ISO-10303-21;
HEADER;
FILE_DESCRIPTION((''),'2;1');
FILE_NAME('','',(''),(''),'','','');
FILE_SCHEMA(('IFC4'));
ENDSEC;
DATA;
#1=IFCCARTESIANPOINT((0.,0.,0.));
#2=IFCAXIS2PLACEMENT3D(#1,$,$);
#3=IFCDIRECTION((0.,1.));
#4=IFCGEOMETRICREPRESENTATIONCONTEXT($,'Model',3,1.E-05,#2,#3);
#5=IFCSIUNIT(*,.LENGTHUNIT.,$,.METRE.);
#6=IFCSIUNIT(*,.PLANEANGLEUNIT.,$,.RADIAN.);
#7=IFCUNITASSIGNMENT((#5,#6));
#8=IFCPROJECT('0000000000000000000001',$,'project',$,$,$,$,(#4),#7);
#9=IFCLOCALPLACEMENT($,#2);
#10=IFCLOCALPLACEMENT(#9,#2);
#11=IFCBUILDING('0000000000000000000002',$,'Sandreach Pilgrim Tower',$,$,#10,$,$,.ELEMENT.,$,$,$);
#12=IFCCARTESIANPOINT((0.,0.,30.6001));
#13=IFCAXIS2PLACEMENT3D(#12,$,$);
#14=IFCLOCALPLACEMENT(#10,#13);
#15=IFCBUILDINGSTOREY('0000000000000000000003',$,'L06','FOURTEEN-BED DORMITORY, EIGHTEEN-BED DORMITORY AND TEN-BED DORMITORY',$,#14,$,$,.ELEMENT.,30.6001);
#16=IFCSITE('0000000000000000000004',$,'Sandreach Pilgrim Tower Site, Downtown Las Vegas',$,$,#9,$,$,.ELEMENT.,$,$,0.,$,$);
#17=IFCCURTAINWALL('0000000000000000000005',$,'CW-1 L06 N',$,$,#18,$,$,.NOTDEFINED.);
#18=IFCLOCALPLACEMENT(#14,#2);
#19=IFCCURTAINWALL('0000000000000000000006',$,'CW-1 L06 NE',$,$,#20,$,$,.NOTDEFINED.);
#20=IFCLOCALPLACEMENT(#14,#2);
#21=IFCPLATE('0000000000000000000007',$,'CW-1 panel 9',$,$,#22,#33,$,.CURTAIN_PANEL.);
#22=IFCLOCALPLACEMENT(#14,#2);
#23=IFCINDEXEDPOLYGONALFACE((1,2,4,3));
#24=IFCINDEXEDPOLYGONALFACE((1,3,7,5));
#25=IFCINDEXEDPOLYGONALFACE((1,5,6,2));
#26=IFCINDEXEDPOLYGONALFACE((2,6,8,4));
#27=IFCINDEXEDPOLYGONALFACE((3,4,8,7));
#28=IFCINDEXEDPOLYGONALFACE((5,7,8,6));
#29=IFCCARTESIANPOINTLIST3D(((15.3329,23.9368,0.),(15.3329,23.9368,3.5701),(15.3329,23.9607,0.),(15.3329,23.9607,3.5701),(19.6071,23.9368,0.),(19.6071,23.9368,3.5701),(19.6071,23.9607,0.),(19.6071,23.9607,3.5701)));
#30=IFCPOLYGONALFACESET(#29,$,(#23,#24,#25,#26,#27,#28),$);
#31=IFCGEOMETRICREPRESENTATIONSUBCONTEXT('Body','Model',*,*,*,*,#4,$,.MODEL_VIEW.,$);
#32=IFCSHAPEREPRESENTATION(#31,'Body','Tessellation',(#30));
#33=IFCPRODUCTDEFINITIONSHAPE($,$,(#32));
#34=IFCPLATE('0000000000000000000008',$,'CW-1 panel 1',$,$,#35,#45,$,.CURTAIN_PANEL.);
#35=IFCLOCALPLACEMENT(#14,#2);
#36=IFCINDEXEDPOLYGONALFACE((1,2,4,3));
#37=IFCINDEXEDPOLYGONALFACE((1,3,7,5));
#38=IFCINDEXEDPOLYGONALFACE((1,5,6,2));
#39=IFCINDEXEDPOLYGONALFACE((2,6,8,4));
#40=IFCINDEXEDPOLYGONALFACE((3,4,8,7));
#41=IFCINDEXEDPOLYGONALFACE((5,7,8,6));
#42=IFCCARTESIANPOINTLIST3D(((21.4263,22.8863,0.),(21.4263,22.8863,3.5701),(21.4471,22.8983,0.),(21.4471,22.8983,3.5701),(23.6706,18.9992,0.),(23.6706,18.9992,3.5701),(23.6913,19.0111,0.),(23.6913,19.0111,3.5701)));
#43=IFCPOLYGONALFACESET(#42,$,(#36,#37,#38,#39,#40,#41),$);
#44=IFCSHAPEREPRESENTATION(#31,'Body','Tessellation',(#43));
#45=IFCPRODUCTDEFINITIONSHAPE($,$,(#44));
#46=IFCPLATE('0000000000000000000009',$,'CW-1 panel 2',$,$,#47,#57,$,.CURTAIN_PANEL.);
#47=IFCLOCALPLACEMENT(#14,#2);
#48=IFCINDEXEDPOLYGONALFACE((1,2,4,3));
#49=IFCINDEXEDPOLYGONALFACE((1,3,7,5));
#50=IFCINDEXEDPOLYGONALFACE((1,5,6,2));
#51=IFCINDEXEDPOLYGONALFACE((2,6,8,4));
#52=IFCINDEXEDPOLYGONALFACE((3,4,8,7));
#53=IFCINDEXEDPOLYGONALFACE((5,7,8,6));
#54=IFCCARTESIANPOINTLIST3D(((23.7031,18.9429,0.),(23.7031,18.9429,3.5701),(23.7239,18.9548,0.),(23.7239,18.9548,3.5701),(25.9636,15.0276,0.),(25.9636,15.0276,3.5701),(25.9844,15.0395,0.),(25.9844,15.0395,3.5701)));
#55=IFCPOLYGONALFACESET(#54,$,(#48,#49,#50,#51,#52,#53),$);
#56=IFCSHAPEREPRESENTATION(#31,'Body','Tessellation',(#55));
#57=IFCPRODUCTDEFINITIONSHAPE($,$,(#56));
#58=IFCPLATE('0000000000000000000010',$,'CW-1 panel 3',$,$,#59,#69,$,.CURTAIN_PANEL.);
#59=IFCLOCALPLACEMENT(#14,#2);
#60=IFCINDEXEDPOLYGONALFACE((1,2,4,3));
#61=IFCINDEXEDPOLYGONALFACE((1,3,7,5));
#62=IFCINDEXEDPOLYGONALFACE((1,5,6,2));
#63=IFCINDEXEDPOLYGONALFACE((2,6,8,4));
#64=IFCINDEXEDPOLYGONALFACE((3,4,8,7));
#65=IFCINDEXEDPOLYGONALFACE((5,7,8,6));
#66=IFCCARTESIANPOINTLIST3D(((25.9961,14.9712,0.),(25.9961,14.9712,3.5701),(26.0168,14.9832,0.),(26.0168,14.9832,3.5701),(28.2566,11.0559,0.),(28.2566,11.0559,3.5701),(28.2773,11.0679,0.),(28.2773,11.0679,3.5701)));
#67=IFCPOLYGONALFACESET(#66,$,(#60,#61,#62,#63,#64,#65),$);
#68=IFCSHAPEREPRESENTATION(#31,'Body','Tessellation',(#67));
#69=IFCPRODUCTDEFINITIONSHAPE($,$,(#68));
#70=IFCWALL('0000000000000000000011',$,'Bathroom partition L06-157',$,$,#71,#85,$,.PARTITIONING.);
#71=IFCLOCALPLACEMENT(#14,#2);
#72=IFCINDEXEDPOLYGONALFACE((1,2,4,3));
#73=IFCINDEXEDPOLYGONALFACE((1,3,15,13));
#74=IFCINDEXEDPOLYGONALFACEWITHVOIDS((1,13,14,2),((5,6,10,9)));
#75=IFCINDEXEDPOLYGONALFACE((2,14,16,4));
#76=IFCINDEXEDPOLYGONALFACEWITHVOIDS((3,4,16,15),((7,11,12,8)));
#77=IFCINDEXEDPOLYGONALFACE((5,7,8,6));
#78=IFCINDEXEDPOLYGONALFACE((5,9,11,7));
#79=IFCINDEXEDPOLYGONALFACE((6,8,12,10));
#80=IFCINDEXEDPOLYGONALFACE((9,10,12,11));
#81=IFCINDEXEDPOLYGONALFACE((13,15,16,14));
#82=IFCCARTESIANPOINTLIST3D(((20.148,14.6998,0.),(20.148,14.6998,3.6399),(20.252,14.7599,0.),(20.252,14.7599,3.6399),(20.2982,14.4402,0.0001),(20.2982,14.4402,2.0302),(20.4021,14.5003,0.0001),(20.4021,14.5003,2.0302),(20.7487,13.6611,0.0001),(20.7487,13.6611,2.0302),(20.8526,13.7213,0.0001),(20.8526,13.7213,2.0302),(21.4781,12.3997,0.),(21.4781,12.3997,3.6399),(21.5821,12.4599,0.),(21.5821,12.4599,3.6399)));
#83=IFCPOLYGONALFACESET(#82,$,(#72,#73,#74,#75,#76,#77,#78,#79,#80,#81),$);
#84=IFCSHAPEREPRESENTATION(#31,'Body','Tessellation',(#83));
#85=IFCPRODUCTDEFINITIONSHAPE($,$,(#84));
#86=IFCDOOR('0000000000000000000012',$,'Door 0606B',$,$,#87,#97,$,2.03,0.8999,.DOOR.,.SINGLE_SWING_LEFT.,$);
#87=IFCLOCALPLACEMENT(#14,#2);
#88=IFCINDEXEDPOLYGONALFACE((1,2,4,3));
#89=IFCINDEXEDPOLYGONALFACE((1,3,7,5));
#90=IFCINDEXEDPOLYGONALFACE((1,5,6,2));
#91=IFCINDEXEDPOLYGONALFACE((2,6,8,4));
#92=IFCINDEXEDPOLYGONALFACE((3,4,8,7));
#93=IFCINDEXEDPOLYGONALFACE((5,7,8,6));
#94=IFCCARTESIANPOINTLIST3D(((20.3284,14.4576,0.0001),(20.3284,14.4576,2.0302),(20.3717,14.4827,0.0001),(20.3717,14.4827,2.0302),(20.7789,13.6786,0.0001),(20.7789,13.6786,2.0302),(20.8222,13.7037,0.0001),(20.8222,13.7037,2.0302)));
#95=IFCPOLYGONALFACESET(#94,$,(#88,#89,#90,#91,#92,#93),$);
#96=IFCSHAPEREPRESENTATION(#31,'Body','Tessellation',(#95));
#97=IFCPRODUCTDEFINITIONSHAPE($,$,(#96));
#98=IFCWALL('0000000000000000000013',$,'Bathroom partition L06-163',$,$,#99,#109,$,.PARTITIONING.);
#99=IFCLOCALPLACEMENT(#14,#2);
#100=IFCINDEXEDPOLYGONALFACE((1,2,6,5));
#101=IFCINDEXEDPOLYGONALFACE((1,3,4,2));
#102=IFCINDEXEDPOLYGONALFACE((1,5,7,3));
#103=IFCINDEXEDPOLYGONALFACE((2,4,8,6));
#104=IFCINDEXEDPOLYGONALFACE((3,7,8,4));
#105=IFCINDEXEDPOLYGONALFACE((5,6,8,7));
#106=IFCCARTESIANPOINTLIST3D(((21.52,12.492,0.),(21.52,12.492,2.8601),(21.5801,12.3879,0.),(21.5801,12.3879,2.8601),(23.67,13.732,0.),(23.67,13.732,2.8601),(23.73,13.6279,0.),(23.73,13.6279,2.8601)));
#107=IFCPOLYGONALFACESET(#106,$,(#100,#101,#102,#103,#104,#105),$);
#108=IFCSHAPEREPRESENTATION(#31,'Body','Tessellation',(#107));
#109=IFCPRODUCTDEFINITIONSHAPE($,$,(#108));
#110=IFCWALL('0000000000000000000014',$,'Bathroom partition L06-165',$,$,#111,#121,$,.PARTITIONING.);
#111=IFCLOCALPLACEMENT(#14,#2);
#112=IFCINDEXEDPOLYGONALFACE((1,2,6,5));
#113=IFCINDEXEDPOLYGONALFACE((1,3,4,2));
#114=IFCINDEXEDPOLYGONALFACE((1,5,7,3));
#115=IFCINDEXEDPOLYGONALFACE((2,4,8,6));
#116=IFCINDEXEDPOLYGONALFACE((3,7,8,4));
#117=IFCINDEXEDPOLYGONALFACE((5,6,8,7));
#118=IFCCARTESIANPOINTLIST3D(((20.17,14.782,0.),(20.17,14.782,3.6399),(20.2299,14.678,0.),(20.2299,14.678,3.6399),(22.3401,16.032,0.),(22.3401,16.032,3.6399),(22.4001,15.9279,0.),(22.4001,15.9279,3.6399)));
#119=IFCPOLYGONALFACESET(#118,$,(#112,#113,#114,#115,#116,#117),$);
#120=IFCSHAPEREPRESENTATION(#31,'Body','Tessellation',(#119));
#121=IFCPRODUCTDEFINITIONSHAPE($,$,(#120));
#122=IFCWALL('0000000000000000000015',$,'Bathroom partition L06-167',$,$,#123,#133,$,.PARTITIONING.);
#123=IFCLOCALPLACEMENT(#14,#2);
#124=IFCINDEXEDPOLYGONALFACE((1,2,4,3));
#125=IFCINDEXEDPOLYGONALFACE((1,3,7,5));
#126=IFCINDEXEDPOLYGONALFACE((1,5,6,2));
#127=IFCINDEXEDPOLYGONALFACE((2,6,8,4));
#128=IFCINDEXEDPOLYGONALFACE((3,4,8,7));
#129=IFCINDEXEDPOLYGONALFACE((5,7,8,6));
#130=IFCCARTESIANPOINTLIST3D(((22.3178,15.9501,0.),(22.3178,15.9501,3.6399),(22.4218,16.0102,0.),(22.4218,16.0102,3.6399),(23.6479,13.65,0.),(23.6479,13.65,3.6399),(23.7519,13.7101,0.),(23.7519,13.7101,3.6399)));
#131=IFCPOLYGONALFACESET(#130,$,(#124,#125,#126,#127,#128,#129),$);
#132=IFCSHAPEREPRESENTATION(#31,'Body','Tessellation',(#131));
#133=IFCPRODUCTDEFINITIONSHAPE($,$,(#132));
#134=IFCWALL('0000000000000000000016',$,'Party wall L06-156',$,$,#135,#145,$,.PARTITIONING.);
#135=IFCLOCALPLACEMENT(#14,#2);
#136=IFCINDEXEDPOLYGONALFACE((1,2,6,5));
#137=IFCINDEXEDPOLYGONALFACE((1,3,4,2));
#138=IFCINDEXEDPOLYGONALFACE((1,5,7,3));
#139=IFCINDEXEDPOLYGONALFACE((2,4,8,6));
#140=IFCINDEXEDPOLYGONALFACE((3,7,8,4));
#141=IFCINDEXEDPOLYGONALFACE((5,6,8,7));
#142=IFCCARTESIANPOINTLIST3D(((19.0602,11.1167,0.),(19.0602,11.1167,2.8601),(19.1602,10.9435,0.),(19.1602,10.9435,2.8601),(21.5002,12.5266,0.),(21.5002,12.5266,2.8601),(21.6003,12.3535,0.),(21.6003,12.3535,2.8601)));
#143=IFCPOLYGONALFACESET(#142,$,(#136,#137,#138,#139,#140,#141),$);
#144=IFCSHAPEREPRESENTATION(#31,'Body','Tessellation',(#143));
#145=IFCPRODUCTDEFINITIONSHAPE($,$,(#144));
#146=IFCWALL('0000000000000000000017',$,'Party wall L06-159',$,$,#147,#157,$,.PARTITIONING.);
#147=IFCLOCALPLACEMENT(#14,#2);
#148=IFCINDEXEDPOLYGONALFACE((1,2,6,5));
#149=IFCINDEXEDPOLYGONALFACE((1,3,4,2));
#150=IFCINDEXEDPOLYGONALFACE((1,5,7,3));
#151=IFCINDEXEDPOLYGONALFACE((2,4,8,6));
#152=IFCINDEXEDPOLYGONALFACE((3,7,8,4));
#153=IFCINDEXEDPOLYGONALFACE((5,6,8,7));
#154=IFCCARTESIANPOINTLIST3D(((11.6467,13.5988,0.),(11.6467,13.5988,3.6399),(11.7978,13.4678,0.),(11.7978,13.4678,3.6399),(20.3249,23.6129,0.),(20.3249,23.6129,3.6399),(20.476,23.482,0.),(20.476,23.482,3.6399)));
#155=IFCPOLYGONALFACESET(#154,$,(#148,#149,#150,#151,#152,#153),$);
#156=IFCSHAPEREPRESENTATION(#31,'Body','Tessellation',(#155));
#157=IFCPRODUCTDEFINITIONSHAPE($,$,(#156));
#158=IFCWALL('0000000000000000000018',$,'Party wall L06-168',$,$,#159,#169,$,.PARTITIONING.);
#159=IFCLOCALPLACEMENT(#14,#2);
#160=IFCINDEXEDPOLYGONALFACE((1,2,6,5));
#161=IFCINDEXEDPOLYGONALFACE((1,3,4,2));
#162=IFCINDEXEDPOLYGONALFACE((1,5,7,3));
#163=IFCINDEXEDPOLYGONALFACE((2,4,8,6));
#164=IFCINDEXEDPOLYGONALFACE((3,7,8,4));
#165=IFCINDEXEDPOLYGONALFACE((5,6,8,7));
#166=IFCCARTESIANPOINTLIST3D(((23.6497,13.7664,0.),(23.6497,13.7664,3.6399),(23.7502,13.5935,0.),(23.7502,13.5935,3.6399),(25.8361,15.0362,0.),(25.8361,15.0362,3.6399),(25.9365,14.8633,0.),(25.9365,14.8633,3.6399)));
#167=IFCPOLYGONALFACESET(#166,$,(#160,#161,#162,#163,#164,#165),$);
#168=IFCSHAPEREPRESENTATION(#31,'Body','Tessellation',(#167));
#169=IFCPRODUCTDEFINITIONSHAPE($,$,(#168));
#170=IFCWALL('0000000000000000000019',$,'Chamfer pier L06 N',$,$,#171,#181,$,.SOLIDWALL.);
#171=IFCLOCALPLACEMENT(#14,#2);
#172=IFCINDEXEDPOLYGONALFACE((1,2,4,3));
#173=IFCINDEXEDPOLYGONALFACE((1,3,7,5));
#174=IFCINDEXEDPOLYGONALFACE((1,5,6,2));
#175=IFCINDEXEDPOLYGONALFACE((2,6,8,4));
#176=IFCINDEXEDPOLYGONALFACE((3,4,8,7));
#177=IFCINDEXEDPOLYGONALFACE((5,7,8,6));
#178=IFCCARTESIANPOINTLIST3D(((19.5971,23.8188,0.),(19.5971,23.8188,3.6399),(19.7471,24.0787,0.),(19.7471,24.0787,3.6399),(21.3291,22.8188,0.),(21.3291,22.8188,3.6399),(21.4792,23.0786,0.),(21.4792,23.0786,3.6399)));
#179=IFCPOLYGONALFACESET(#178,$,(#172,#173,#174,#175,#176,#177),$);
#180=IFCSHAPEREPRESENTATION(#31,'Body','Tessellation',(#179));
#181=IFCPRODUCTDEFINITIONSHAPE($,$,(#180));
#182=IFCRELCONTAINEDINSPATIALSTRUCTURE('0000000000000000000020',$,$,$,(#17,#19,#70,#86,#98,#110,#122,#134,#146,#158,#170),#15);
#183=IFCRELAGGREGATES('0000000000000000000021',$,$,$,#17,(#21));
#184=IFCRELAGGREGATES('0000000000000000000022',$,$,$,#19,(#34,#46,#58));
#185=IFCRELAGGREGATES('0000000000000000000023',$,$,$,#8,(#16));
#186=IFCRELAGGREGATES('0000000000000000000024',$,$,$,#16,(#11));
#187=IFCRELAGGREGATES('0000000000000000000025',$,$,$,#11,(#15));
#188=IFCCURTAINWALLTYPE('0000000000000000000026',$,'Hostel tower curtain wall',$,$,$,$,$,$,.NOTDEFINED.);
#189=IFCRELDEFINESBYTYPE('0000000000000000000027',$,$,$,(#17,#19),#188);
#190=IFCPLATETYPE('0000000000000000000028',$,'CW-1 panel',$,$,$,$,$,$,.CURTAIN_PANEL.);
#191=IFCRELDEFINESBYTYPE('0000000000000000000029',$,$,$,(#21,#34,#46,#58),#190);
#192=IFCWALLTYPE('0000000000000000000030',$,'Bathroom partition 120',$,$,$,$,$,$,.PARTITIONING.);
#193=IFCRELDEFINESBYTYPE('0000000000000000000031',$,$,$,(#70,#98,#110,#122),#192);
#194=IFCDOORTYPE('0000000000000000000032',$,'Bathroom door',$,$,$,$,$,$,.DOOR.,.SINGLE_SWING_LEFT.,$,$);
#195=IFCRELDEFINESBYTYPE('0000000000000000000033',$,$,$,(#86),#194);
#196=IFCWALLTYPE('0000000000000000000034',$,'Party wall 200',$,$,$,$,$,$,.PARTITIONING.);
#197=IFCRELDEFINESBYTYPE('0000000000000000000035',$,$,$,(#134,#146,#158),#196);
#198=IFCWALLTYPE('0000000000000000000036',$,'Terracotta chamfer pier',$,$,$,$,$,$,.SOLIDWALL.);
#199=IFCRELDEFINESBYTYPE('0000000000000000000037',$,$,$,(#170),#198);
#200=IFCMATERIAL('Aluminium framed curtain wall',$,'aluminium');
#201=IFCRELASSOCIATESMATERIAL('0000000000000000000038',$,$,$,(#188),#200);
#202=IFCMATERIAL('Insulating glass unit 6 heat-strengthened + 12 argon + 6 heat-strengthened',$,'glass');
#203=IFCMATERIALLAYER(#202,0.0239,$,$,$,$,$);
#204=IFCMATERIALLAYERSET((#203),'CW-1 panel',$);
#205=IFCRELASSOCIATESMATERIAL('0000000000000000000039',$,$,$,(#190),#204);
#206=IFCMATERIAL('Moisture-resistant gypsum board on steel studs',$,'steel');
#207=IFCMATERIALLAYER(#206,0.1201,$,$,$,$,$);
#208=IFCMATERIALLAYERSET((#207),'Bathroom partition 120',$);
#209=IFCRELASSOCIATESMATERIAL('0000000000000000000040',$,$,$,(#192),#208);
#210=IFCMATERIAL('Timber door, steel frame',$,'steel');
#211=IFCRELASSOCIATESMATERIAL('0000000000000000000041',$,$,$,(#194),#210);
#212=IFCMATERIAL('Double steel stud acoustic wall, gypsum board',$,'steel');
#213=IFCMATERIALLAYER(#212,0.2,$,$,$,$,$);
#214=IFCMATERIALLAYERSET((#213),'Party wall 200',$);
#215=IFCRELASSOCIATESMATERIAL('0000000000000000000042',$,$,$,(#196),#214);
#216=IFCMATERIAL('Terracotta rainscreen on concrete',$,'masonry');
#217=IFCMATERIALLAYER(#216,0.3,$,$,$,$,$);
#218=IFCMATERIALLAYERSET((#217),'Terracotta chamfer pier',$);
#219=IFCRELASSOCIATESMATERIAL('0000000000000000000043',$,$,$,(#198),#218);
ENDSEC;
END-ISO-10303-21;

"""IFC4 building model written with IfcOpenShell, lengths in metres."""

from ifc_helpers import new_model, si_unit, direction, frame, frame_2d, origin, origin_2d, place, context, subcontext, project, spatial, rectangle, extrude, material, layer, layer_set, type_object, element, fill, aggregate, save


model = new_model("IFC4")

# Units and contexts
model_context = context("Model", 3, precision=1e-05, world=origin(), true_north=direction((0.0, 1.0)))
body_context = subcontext(model_context, "Body", "Model", "MODEL_VIEW")
ifc_project = project(units=[si_unit("LENGTHUNIT", "METRE"), si_unit("PLANEANGLEUNIT", "RADIAN")], contexts=[model_context])

# Site, building, storey
site_placement = place(None, origin())
site = spatial("IfcSite", under=ifc_project, at=site_placement, Name="Sandreach Pilgrim Tower Site, Downtown Las Vegas", CompositionType="ELEMENT", RefElevation=0.0)
building_placement = place(site_placement, origin())
building = spatial("IfcBuilding", under=site, at=building_placement, Name="Sandreach Pilgrim Tower", CompositionType="ELEMENT")
storey_placement = place(building_placement, frame((0.0, 0.0, 30.6001)))
storey = spatial("IfcBuildingStorey", under=building, at=storey_placement, Name="L06", Description="FOURTEEN-BED DORMITORY, EIGHTEEN-BED DORMITORY AND TEN-BED DORMITORY", CompositionType="ELEMENT", Elevation=30.6001)

# Curtain wall
ifc_material_1 = material(Name="Aluminium framed curtain wall", Category="aluminium")
curtain_wall_type = type_object("IfcCurtainWallType", Name="Hostel tower curtain wall", PredefinedType="NOTDEFINED", material=ifc_material_1)
curtain_wall_1_placement = place(storey_placement, origin())
curtain_wall_1 = element("IfcCurtainWall", 1, at=curtain_wall_1_placement, inside=storey, type_object=curtain_wall_type, Name="CW-1 L06 N", PredefinedType="NOTDEFINED")

# Curtain wall
curtain_wall_2_placement = place(storey_placement, origin())
curtain_wall_2 = element("IfcCurtainWall", 2, at=curtain_wall_2_placement, inside=storey, type_object=curtain_wall_type, Name="CW-1 L06 NE", PredefinedType="NOTDEFINED")

# Plates
ifc_material_2 = material(Name="Insulating glass unit 6 heat-strengthened + 12 argon + 6 heat-strengthened", Category="glass")
ifc_layer_1 = layer(ifc_material_2, 0.0239)
ifc_layer_set_1 = layer_set([ifc_layer_1], Name="CW-1 panel")
plate_type = type_object("IfcPlateType", Name="CW-1 panel", PredefinedType="CURTAIN_PANEL", material=ifc_layer_set_1)
plate_1_placement = place(storey_placement, frame((17.47, 23.9487, 0.0), z_axis=(0.0, 0.0, 1.0), x_axis=(1.0, 0.0, 0.0)))
plate_1 = element("IfcPlate", 3, at=plate_1_placement, type_object=plate_type, Name="CW-1 panel 9", PredefinedType="CURTAIN_PANEL", context=body_context, shape_type="SweptSolid", body=[
    extrude(rectangle(XDim=4.2742, YDim=0.0239, at=origin_2d()), origin(), (0.0, 0.0, 1.0), 3.5701),
])
aggregate(curtain_wall_1, [plate_1])
plate_2_placement = place(storey_placement, frame((22.5588, 20.9487, 0.0), z_axis=(0.0, 0.0, 1.0), x_axis=(0.5, -0.866025, 0.0)))
plate_2 = element("IfcPlate", 4, at=plate_2_placement, type_object=plate_type, Name="CW-1 panel 1", PredefinedType="CURTAIN_PANEL", context=body_context, shape_type="SweptSolid", body=[
    extrude(rectangle(XDim=4.4885, YDim=0.0239, at=origin_2d()), origin(), (0.0, 0.0, 1.0), 3.5701),
])
plate_3_placement = place(storey_placement, frame((24.8438, 16.9912, 0.0), z_axis=(0.0, 0.0, 1.0), x_axis=(0.5, -0.866025, 0.0)))
plate_3 = element("IfcPlate", 5, at=plate_3_placement, type_object=plate_type, Name="CW-1 panel 2", PredefinedType="CURTAIN_PANEL", context=body_context, shape_type="SweptSolid", body=[
    extrude(rectangle(XDim=4.521, YDim=0.0239, at=origin_2d()), origin(), (0.0, 0.0, 1.0), 3.5701),
])
plate_4_placement = place(storey_placement, frame((27.1367, 13.0195, 0.0), z_axis=(0.0, 0.0, 1.0), x_axis=(0.5, -0.866025, 0.0)))
plate_4 = element("IfcPlate", 6, at=plate_4_placement, type_object=plate_type, Name="CW-1 panel 3", PredefinedType="CURTAIN_PANEL", context=body_context, shape_type="SweptSolid", body=[
    extrude(rectangle(XDim=4.521, YDim=0.0239, at=origin_2d()), origin(), (0.0, 0.0, 1.0), 3.5701),
])
aggregate(curtain_wall_2, [plate_2, plate_3, plate_4])

# Wall, opening, door
ifc_material_3 = material(Name="Moisture-resistant gypsum board on steel studs", Category="steel")
ifc_layer_2 = layer(ifc_material_3, 0.1201)
ifc_layer_set_2 = layer_set([ifc_layer_2], Name="Bathroom partition 120")
wall_type_1 = type_object("IfcWallType", Name="Bathroom partition 120", PredefinedType="PARTITIONING", material=ifc_layer_set_2)
wall_1_placement = place(storey_placement, frame((20.2, 14.73, 0.0), z_axis=(0.0, 0.0, 1.0), x_axis=(0.500605, -0.865676, 0.0)))
wall_1 = element("IfcWall", 7, at=wall_1_placement, inside=storey, type_object=wall_type_1, Name="Bathroom partition L06-157", PredefinedType="PARTITIONING", context=body_context, shape_type="SweptSolid", body=[
    extrude(rectangle(XDim=2.657, YDim=0.1201, at=frame_2d((1.3286, 0.0))), origin(), (0.0, 0.0, 1.0), 3.6399),
])
opening_placement = place(wall_1_placement, frame((0.3, 0.0, 0.0)))
opening = element("IfcOpeningElement", 8, at=opening_placement, cuts=wall_1, PredefinedType="OPENING", context=body_context, shape_type="SweptSolid", body=[
    extrude(rectangle(XDim=0.8999, YDim=2.03, at=frame_2d((0.45, 1.0151))), frame((0.0, 0.0601, 0.0), z_axis=(0.0, -1.0, 0.0), x_axis=(1.0, 0.0, 0.0)), (0.0, 0.0, 1.0), 0.1201),
])
ifc_material_4 = material(Name="Timber door, steel frame", Category="steel")
door_type = type_object("IfcDoorType", Name="Bathroom door", OperationType="SINGLE_SWING_LEFT", PredefinedType="DOOR", material=ifc_material_4)
door_placement = place(opening_placement, origin())
door = element("IfcDoor", 9, at=door_placement, inside=storey, type_object=door_type, Name="Door 0606B", OperationType="SINGLE_SWING_LEFT", OverallHeight=2.03, OverallWidth=0.8999, PredefinedType="DOOR", context=body_context, shape_type="SweptSolid", body=[
    extrude(rectangle(XDim=0.8999, YDim=2.03, at=frame_2d((0.45, 1.0151))), frame((0.0, 0.0249, 0.0), z_axis=(0.0, -1.0, 0.0), x_axis=(1.0, 0.0, 0.0)), (0.0, 0.0, 1.0), 0.05),
])
fill(opening, door)

# Walls
wall_2_placement = place(storey_placement, frame((21.55, 12.4399, 0.0), z_axis=(0.0, 0.0, 1.0), x_axis=(0.866245, 0.49962, 0.0)))
element("IfcWall", 10, at=wall_2_placement, inside=storey, type_object=wall_type_1, Name="Bathroom partition L06-163", PredefinedType="PARTITIONING", context=body_context, shape_type="SweptSolid", body=[
    extrude(rectangle(XDim=2.4819, YDim=0.1201, at=frame_2d((1.241, 0.0))), origin(), (0.0, 0.0, 1.0), 2.8601),
])
wall_3_placement = place(storey_placement, frame((22.3701, 15.98, 0.0), z_axis=(0.0, 0.0, 1.0), x_axis=(-0.866534, -0.499118, 0.0)))
element("IfcWall", 11, at=wall_3_placement, inside=storey, type_object=wall_type_1, Name="Bathroom partition L06-165", PredefinedType="PARTITIONING", context=body_context, shape_type="SweptSolid", body=[
    extrude(rectangle(XDim=2.5044, YDim=0.1201, at=frame_2d((1.2522, 0.0))), origin(), (0.0, 0.0, 1.0), 3.6399),
])
wall_4_placement = place(storey_placement, frame((23.7, 13.6799, 0.0), z_axis=(0.0, 0.0, 1.0), x_axis=(-0.500605, 0.865676, 0.0)))
element("IfcWall", 12, at=wall_4_placement, inside=storey, type_object=wall_type_1, Name="Bathroom partition L06-167", PredefinedType="PARTITIONING", context=body_context, shape_type="SweptSolid", body=[
    extrude(rectangle(XDim=2.657, YDim=0.1201, at=frame_2d((1.3286, 0.0))), origin(), (0.0, 0.0, 1.0), 3.6399),
])
ifc_material_5 = material(Name="Double steel stud acoustic wall, gypsum board", Category="steel")
ifc_layer_3 = layer(ifc_material_5, 0.2)
ifc_layer_set_3 = layer_set([ifc_layer_3], Name="Party wall 200")
wall_type_2 = type_object("IfcWallType", Name="Party wall 200", PredefinedType="PARTITIONING", material=ifc_layer_set_3)
wall_5_placement = place(storey_placement, frame((19.1101, 11.03, 0.0), z_axis=(0.0, 0.0, 1.0), x_axis=(0.865839, 0.500322, 0.0)))
element("IfcWall", 13, at=wall_5_placement, inside=storey, type_object=wall_type_2, Name="Party wall L06-156", PredefinedType="PARTITIONING", context=body_context, shape_type="SweptSolid", body=[
    extrude(rectangle(XDim=2.8181, YDim=0.2, at=frame_2d((1.4092, 0.0))), origin(), (0.0, 0.0, 1.0), 2.8601),
])
wall_6_placement = place(storey_placement, frame((20.4004, 23.5474, 0.0), z_axis=(0.0, 0.0, 1.0), x_axis=(-0.6549, -0.755716, 0.0)))
element("IfcWall", 14, at=wall_6_placement, inside=storey, type_object=wall_type_2, Name="Party wall L06-159", PredefinedType="PARTITIONING", context=body_context, shape_type="SweptSolid", body=[
    extrude(rectangle(XDim=13.2512, YDim=0.2, at=frame_2d((6.6255, 0.0))), origin(), (0.0, 0.0, 1.0), 3.6399),
])
wall_7_placement = place(storey_placement, frame((23.7, 13.6799, 0.0), z_axis=(0.0, 0.0, 1.0), x_axis=(0.864733, 0.502231, 0.0)))
element("IfcWall", 15, at=wall_7_placement, inside=storey, type_object=wall_type_2, Name="Party wall L06-168", PredefinedType="PARTITIONING", context=body_context, shape_type="SweptSolid", body=[
    extrude(rectangle(XDim=2.5283, YDim=0.2, at=frame_2d((1.2642, 0.0))), origin(), (0.0, 0.0, 1.0), 3.6399),
])
ifc_material_6 = material(Name="Terracotta rainscreen on concrete", Category="masonry")
ifc_layer_4 = layer(ifc_material_6, 0.3)
ifc_layer_set_4 = layer_set([ifc_layer_4], Name="Terracotta chamfer pier")
wall_type_3 = type_object("IfcWallType", Name="Terracotta chamfer pier", PredefinedType="SOLIDWALL", material=ifc_layer_set_4)
wall_8_placement = place(storey_placement, frame((19.6721, 23.9487, 0.0), z_axis=(0.0, 0.0, 1.0), x_axis=(0.866011, -0.500025, 0.0)))
element("IfcWall", 16, at=wall_8_placement, inside=storey, type_object=wall_type_3, Name="Chamfer pier L06 N", PredefinedType="SOLIDWALL", context=body_context, shape_type="SweptSolid", body=[
    extrude(rectangle(XDim=2.0, YDim=0.3, at=frame_2d((1.0, 0.0))), origin(), (0.0, 0.0, 1.0), 3.6399),
])

save(model, "model.ifc")
